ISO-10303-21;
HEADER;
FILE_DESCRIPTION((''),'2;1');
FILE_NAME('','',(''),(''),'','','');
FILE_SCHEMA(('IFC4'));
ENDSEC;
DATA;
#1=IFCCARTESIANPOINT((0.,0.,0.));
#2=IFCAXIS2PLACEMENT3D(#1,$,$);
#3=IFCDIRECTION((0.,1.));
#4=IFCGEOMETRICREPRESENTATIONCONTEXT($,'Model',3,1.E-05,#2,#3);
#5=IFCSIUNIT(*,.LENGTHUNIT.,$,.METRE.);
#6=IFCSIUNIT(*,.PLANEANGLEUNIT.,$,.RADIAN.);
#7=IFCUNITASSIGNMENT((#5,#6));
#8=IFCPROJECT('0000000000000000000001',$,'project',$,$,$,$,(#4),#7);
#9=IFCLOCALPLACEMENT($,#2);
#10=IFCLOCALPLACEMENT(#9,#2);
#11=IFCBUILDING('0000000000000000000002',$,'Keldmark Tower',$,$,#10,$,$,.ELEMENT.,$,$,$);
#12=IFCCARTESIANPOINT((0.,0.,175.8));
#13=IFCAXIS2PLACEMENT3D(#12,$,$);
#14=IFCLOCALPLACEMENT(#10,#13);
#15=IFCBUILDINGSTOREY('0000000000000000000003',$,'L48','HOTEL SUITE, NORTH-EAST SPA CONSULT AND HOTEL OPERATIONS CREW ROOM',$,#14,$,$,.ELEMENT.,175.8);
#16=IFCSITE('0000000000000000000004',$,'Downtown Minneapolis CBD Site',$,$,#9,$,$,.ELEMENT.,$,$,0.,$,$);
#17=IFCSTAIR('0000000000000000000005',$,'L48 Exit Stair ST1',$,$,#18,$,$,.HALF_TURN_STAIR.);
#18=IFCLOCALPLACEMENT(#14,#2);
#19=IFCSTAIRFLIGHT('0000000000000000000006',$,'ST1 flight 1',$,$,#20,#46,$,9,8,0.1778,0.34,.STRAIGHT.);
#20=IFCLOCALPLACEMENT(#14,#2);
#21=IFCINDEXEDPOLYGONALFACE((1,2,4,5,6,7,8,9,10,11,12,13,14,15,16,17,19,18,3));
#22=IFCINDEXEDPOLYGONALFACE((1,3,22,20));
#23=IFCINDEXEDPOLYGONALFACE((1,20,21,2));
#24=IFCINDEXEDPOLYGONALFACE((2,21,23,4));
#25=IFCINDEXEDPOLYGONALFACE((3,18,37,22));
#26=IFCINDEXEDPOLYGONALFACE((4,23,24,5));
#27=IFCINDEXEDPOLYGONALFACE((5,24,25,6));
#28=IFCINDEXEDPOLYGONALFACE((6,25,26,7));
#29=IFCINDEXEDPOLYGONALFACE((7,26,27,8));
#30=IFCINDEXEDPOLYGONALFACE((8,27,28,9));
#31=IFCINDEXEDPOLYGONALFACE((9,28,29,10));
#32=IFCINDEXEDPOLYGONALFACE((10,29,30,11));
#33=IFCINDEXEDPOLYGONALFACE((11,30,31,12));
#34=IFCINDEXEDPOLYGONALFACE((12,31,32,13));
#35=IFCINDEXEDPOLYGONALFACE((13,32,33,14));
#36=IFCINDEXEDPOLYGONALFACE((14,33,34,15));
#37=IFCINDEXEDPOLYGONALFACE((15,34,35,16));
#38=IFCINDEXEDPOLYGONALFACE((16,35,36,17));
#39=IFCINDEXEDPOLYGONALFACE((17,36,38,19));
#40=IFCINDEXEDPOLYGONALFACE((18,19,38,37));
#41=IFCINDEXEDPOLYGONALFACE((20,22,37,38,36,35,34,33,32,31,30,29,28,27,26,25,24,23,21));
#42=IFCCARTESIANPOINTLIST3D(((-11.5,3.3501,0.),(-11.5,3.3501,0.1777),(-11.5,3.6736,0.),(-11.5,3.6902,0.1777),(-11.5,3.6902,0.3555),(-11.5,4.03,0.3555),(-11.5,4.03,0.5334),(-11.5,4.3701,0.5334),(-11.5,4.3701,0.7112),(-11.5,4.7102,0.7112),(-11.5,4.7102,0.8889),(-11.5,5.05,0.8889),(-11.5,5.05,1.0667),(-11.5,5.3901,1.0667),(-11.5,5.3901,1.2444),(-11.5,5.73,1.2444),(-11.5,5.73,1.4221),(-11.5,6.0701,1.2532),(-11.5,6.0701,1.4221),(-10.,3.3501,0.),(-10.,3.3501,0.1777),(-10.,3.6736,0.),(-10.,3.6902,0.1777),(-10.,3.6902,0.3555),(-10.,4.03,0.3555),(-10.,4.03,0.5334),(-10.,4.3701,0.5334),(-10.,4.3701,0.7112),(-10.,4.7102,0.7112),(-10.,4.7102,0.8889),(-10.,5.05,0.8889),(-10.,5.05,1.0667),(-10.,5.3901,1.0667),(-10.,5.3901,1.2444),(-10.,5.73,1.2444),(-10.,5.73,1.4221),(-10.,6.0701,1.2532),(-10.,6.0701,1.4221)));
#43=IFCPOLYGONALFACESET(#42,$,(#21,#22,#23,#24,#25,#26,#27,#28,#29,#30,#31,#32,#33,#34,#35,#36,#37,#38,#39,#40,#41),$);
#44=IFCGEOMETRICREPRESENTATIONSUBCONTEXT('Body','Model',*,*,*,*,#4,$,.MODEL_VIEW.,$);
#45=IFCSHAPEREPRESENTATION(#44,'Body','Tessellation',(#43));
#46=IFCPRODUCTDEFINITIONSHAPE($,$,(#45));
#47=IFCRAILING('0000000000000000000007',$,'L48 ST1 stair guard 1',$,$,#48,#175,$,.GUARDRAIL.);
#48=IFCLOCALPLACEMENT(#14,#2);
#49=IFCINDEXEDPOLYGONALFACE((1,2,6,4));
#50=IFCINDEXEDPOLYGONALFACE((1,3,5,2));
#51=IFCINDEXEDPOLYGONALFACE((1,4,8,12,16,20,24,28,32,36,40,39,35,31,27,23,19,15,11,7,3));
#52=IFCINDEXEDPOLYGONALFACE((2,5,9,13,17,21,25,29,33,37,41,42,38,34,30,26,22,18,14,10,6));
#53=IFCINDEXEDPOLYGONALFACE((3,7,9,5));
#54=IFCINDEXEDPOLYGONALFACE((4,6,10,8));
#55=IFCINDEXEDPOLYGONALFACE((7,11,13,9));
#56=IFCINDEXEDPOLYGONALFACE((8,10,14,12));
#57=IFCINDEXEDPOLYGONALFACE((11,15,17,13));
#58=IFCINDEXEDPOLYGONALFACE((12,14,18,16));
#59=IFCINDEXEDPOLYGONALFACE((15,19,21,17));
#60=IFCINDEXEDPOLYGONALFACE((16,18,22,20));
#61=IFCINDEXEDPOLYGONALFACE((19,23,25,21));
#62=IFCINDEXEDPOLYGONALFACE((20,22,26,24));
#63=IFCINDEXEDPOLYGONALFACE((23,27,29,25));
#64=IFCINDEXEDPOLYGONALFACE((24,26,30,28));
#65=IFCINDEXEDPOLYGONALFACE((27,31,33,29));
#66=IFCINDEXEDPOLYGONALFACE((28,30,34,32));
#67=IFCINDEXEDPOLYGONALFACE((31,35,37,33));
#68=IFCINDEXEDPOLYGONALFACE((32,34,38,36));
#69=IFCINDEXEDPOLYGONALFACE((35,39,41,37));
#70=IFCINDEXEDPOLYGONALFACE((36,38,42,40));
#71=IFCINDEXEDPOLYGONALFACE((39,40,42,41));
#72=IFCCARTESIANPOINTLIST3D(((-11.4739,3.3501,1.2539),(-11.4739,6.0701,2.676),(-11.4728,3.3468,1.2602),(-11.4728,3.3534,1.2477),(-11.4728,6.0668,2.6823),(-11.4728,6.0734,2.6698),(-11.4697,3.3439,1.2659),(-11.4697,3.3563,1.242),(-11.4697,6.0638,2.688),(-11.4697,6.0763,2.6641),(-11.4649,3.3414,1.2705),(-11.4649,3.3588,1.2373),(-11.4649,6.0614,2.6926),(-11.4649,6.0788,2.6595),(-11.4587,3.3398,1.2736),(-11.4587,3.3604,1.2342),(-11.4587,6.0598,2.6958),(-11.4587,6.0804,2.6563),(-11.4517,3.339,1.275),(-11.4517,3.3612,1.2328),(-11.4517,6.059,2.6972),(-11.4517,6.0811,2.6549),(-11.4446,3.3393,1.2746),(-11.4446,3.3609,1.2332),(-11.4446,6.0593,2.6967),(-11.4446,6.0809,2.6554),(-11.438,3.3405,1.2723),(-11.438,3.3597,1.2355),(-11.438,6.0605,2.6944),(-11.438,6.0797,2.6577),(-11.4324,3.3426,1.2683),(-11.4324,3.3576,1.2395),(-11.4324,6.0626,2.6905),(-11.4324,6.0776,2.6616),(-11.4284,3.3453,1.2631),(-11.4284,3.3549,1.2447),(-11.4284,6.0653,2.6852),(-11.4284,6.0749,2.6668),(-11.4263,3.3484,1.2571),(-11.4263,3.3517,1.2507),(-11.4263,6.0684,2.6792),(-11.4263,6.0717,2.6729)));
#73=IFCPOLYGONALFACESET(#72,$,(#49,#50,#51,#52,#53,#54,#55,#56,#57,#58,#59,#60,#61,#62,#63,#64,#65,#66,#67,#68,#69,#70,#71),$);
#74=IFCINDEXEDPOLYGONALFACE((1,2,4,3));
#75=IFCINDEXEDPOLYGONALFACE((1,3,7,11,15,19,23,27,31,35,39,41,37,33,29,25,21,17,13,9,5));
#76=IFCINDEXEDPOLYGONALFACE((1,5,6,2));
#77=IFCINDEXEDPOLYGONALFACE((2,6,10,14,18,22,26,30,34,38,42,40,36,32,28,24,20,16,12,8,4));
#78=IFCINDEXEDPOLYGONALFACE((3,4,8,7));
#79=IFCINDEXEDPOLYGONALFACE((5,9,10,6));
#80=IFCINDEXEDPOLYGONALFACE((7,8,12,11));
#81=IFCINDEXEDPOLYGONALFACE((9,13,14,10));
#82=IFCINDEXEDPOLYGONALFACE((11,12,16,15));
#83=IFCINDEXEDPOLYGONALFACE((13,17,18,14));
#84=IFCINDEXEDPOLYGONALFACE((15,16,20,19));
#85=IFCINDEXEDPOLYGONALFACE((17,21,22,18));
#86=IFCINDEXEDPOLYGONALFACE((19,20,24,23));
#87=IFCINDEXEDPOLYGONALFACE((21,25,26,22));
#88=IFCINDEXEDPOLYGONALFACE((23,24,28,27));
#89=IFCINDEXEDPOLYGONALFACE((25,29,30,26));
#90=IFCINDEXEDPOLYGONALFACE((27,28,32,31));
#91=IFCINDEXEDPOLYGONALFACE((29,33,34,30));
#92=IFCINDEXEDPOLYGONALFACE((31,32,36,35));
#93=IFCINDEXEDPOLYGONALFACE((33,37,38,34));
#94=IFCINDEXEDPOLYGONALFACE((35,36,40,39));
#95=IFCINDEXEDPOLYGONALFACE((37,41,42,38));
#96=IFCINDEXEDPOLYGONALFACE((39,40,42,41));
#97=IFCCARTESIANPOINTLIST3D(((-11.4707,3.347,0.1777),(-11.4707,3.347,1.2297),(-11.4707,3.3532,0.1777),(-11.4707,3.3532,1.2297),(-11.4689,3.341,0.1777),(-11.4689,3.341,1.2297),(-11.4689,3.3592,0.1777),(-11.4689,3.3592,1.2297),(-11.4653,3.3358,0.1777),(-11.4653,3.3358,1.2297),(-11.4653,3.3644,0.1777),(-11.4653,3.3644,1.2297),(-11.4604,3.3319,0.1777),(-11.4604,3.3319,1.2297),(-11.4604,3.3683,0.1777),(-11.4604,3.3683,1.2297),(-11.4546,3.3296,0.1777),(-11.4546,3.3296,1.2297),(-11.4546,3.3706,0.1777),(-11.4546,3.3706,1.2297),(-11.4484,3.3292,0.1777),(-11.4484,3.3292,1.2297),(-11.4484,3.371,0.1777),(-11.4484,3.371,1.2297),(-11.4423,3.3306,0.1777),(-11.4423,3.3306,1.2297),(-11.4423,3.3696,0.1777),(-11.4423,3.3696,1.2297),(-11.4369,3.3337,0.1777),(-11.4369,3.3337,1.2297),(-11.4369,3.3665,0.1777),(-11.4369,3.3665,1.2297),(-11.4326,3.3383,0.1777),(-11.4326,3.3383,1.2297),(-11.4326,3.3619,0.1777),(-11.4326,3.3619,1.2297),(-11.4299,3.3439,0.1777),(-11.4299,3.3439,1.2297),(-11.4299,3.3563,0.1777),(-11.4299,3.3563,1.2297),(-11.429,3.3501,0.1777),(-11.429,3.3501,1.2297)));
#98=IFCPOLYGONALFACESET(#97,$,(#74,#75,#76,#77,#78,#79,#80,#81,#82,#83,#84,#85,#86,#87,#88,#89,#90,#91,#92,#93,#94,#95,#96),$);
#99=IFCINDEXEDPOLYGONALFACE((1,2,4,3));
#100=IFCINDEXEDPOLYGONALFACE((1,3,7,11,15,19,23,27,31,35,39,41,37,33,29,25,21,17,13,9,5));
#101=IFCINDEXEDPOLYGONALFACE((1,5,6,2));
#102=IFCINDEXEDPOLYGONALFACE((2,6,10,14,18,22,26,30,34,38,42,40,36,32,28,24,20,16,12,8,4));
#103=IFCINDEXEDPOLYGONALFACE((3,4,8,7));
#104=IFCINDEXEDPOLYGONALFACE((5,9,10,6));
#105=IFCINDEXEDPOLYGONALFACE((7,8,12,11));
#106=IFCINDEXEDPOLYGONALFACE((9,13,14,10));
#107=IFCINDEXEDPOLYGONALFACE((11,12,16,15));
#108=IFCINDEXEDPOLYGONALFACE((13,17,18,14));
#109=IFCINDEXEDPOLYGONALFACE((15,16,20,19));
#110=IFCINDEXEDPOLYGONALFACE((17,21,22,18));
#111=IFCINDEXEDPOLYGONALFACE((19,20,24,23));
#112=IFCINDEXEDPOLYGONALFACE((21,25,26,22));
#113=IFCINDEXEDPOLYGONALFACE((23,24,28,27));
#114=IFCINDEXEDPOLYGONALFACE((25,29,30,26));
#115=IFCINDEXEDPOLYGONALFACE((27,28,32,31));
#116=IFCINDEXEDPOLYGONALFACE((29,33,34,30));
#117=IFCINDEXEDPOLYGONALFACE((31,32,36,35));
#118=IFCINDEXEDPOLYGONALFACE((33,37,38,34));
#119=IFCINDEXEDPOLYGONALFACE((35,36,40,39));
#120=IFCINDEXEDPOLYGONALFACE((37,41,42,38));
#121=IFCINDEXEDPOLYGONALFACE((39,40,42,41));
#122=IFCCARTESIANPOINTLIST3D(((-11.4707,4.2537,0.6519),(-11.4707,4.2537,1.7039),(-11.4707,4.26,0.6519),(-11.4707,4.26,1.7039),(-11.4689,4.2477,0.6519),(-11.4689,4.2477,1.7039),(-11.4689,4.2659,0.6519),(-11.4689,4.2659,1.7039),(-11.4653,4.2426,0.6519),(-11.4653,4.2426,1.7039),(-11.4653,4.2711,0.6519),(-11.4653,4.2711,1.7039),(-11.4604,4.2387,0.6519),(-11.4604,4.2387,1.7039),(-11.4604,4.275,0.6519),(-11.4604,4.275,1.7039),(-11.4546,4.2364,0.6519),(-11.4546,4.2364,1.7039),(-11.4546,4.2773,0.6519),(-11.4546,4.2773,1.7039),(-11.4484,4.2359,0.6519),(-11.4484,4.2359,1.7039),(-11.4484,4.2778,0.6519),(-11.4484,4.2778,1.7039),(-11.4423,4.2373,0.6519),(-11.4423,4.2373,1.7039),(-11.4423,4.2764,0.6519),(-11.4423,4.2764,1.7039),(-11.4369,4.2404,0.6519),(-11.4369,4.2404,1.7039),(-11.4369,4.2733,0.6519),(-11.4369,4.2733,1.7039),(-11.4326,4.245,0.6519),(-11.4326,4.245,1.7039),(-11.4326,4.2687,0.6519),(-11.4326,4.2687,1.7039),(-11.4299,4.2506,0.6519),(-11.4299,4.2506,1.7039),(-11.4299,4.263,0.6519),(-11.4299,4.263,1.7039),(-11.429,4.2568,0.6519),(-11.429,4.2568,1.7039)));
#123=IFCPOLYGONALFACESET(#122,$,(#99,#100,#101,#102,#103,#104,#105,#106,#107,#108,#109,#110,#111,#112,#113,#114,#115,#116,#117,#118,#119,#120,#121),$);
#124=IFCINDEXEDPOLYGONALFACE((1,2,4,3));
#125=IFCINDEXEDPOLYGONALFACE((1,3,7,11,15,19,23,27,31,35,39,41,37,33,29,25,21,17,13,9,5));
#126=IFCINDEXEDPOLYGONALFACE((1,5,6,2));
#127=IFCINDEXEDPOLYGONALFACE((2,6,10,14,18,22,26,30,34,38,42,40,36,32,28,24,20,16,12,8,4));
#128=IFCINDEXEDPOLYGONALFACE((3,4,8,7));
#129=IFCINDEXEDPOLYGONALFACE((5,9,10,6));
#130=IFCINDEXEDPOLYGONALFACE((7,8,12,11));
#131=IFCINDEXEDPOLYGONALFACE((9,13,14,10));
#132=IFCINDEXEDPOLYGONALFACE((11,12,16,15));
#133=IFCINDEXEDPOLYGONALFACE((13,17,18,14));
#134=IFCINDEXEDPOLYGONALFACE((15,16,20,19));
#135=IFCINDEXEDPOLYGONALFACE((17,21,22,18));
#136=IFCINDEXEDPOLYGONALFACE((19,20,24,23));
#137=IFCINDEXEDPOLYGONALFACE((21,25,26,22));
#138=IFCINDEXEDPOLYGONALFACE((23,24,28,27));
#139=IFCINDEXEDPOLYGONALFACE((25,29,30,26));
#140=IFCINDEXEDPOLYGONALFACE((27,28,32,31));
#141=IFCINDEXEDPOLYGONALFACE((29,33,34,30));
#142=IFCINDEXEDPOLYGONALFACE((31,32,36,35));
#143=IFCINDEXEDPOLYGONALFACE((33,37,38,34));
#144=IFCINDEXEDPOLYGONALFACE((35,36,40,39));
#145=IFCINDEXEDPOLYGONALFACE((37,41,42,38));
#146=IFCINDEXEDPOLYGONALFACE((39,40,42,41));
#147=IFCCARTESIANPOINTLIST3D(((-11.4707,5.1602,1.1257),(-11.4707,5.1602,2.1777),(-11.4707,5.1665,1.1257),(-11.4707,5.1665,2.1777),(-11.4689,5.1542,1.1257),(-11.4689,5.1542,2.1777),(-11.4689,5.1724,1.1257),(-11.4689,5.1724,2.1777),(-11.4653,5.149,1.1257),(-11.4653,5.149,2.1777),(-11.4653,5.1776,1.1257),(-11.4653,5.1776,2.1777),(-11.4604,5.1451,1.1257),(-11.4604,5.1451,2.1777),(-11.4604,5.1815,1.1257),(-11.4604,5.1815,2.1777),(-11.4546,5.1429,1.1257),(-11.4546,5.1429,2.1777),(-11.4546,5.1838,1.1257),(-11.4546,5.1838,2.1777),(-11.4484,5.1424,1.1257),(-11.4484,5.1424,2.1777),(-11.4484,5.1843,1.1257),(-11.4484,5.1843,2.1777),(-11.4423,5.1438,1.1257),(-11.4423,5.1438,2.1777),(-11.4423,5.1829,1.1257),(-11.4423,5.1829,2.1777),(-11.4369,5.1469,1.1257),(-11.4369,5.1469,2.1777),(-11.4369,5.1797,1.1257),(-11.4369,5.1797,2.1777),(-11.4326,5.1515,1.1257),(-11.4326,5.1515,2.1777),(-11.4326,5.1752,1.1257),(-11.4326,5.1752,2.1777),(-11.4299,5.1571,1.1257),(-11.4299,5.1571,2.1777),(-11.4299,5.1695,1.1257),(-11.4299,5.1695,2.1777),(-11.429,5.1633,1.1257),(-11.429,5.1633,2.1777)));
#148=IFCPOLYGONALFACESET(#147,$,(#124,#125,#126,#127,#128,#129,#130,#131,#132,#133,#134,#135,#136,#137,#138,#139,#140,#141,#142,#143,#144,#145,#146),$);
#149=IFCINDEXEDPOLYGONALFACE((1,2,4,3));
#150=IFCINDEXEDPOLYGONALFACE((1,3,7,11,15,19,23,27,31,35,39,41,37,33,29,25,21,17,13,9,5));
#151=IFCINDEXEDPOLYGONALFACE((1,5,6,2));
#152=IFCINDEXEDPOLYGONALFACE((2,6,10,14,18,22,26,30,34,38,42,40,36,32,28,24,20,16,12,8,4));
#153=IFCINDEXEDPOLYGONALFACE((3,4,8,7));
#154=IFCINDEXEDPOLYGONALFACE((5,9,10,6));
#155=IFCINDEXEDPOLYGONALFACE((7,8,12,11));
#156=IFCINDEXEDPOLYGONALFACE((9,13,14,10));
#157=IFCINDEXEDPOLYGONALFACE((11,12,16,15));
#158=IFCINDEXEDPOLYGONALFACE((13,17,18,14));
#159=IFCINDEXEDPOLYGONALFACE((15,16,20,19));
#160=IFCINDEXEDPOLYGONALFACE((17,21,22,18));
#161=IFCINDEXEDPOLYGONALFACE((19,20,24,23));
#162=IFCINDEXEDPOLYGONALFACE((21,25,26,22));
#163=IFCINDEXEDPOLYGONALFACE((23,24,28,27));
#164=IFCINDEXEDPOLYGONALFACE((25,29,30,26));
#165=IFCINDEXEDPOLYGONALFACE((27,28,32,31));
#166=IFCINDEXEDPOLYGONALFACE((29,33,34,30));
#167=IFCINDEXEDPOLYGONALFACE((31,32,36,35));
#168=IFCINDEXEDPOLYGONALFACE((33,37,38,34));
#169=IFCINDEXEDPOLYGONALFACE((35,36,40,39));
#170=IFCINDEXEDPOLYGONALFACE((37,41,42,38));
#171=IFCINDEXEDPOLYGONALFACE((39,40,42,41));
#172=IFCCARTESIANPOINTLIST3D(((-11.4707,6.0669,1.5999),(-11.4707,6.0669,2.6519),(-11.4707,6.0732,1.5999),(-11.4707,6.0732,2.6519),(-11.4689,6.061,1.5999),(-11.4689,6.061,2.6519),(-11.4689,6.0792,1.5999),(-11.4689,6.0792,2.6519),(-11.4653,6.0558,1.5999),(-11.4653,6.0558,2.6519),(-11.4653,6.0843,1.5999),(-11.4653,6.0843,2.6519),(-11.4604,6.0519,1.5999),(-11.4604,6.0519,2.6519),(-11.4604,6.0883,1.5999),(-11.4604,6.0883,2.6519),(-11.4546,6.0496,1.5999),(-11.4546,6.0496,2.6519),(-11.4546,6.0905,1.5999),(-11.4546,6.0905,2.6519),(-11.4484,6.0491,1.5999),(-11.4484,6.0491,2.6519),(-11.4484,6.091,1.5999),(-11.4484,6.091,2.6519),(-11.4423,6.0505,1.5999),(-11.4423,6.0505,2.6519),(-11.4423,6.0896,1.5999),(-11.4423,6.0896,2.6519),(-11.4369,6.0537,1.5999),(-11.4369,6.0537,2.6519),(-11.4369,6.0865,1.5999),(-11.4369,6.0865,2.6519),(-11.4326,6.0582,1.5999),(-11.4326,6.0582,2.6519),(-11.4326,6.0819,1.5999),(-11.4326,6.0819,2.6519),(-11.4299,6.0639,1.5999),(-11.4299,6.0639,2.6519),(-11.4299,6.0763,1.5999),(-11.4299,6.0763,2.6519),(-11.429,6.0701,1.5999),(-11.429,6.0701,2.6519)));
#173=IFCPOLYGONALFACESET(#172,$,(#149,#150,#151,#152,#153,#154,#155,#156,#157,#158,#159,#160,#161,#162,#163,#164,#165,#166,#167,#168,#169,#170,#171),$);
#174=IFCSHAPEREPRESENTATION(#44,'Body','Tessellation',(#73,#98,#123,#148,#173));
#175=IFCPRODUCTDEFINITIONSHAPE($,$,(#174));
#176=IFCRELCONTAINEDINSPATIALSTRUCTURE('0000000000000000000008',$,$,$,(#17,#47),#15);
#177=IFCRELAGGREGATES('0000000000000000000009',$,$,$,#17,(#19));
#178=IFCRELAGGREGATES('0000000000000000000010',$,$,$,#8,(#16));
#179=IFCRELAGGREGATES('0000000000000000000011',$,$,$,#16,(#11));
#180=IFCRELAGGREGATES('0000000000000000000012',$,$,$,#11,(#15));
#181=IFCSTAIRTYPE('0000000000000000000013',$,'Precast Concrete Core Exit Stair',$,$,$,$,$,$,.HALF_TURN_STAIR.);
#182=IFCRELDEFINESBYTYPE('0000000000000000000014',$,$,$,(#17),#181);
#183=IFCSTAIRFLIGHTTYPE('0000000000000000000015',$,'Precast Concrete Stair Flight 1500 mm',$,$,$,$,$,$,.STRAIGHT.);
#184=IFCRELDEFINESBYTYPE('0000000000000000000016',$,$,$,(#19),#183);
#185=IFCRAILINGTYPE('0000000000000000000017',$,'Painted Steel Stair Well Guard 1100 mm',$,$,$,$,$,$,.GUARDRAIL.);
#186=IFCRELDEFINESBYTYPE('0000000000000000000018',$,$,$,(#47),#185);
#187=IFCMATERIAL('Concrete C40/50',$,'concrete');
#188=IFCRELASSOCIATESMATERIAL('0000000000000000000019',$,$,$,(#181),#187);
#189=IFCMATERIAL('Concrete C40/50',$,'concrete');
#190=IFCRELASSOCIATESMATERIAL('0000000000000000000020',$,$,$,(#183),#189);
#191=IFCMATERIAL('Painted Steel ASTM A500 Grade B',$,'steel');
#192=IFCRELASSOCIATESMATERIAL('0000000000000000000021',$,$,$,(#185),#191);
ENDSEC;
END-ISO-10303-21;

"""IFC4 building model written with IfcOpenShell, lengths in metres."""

from ifc_helpers import new_model, si_unit, direction, frame, origin, origin_2d, place, context, subcontext, project, spatial, polyline, circle, outline, extrude, material, type_object, element, aggregate, save


model = new_model("IFC4")

# Units and contexts
model_context = context("Model", 3, precision=1e-05, world=origin(), true_north=direction((0.0, 1.0)))
body_context = subcontext(model_context, "Body", "Model", "MODEL_VIEW")
ifc_project = project(units=[si_unit("LENGTHUNIT", "METRE"), si_unit("PLANEANGLEUNIT", "RADIAN")], contexts=[model_context])

# Site, building, storey
site_placement = place(None, origin())
site = spatial("IfcSite", under=ifc_project, at=site_placement, Name="Downtown Minneapolis CBD Site", CompositionType="ELEMENT", RefElevation=0.0)
building_placement = place(site_placement, origin())
building = spatial("IfcBuilding", under=site, at=building_placement, Name="Keldmark Tower", CompositionType="ELEMENT")
storey_placement = place(building_placement, frame((0.0, 0.0, 175.8)))
storey = spatial("IfcBuildingStorey", under=building, at=storey_placement, Name="L48", Description="HOTEL SUITE, NORTH-EAST SPA CONSULT AND HOTEL OPERATIONS CREW ROOM", CompositionType="ELEMENT", Elevation=175.8)

# Stair, stair flight
ifc_material_1 = material(Name="Concrete C40/50", Category="concrete")
stair_type = type_object("IfcStairType", Name="Precast Concrete Core Exit Stair", PredefinedType="HALF_TURN_STAIR", material=ifc_material_1)
stair_placement = place(storey_placement, origin())
stair = element("IfcStair", 1, at=stair_placement, inside=storey, type_object=stair_type, Name="L48 Exit Stair ST1", PredefinedType="HALF_TURN_STAIR")
ifc_material_2 = material(Name="Concrete C40/50", Category="concrete")
stair_flight_type = type_object("IfcStairFlightType", Name="Precast Concrete Stair Flight 1500 mm", PredefinedType="STRAIGHT", material=ifc_material_2)
stair_flight_placement = place(storey_placement, frame((-10.75, 3.3501, 0.0), z_axis=(0.0, 0.0, 1.0), x_axis=(0.0, 1.0, 0.0)))
stair_flight = element("IfcStairFlight", 2, at=stair_flight_placement, type_object=stair_flight_type, Name="ST1 flight 1", NumberOfRisers=9, NumberOfTreads=8, PredefinedType="STRAIGHT", RiserHeight=0.1778, TreadLength=0.34, context=body_context, shape_type="SweptSolid", body=[
    extrude(outline(polyline([(0.0, 0.0), (0.0, 0.1777), (0.3401, 0.1777), (0.3401, 0.3555), (0.6799, 0.3555), (0.6799, 0.5334), (1.02, 0.5334), (1.02, 0.7112), (1.3601, 0.7112), (1.3601, 0.8889), (1.7, 0.8889), (1.7, 1.0667), (2.04, 1.0667), (2.04, 1.2444), (2.3799, 1.2444), (2.3799, 1.4221), (2.72, 1.4221), (2.72, 1.6001), (2.72, 1.2532), (0.3235, 0.0), (0.0, 0.0)])), frame((0.0, 0.75, 0.0), z_axis=(0.0, -1.0, 0.0), x_axis=(1.0, 0.0, 0.0)), (0.0, 0.0, 1.0), 1.5),
])
aggregate(stair, [stair_flight])

# Railing
ifc_material_3 = material(Name="Painted Steel ASTM A500 Grade B", Category="steel")
railing_type_1 = type_object("IfcRailingType", Name="Painted Steel Stair Well Guard 1100 mm", PredefinedType="GUARDRAIL", material=ifc_material_3)
railing_1_placement = place(storey_placement, frame((-11.45, 3.3501, 0.1777)))
element("IfcRailing", 3, at=railing_1_placement, inside=storey, type_object=railing_type_1, Name="L48 ST1 stair guard 1", PredefinedType="GUARDRAIL", context=body_context, shape_type="SweptSolid", body=[
    extrude(circle(Radius=0.0239, at=origin_2d()), frame((0.0, 0.0, 1.0762), z_axis=(0.0, 0.886183, 0.463335), x_axis=(-1.0, 0.0, 0.0)), (0.0, 0.0, 1.0), 3.0693),
    extrude(circle(Radius=0.021, at=origin_2d()), origin(), (0.0, 0.0, 1.0), 1.052),
    extrude(circle(Radius=0.021, at=origin_2d()), frame((0.0, 0.9067, 0.4741)), (0.0, 0.0, 1.0), 1.052),
    extrude(circle(Radius=0.021, at=origin_2d()), frame((0.0, 1.8132, 0.948)), (0.0, 0.0, 1.0), 1.052),
    extrude(circle(Radius=0.021, at=origin_2d()), frame((0.0, 2.72, 1.4221)), (0.0, 0.0, 1.0), 1.052),
])

save(model, "model.ifc")
